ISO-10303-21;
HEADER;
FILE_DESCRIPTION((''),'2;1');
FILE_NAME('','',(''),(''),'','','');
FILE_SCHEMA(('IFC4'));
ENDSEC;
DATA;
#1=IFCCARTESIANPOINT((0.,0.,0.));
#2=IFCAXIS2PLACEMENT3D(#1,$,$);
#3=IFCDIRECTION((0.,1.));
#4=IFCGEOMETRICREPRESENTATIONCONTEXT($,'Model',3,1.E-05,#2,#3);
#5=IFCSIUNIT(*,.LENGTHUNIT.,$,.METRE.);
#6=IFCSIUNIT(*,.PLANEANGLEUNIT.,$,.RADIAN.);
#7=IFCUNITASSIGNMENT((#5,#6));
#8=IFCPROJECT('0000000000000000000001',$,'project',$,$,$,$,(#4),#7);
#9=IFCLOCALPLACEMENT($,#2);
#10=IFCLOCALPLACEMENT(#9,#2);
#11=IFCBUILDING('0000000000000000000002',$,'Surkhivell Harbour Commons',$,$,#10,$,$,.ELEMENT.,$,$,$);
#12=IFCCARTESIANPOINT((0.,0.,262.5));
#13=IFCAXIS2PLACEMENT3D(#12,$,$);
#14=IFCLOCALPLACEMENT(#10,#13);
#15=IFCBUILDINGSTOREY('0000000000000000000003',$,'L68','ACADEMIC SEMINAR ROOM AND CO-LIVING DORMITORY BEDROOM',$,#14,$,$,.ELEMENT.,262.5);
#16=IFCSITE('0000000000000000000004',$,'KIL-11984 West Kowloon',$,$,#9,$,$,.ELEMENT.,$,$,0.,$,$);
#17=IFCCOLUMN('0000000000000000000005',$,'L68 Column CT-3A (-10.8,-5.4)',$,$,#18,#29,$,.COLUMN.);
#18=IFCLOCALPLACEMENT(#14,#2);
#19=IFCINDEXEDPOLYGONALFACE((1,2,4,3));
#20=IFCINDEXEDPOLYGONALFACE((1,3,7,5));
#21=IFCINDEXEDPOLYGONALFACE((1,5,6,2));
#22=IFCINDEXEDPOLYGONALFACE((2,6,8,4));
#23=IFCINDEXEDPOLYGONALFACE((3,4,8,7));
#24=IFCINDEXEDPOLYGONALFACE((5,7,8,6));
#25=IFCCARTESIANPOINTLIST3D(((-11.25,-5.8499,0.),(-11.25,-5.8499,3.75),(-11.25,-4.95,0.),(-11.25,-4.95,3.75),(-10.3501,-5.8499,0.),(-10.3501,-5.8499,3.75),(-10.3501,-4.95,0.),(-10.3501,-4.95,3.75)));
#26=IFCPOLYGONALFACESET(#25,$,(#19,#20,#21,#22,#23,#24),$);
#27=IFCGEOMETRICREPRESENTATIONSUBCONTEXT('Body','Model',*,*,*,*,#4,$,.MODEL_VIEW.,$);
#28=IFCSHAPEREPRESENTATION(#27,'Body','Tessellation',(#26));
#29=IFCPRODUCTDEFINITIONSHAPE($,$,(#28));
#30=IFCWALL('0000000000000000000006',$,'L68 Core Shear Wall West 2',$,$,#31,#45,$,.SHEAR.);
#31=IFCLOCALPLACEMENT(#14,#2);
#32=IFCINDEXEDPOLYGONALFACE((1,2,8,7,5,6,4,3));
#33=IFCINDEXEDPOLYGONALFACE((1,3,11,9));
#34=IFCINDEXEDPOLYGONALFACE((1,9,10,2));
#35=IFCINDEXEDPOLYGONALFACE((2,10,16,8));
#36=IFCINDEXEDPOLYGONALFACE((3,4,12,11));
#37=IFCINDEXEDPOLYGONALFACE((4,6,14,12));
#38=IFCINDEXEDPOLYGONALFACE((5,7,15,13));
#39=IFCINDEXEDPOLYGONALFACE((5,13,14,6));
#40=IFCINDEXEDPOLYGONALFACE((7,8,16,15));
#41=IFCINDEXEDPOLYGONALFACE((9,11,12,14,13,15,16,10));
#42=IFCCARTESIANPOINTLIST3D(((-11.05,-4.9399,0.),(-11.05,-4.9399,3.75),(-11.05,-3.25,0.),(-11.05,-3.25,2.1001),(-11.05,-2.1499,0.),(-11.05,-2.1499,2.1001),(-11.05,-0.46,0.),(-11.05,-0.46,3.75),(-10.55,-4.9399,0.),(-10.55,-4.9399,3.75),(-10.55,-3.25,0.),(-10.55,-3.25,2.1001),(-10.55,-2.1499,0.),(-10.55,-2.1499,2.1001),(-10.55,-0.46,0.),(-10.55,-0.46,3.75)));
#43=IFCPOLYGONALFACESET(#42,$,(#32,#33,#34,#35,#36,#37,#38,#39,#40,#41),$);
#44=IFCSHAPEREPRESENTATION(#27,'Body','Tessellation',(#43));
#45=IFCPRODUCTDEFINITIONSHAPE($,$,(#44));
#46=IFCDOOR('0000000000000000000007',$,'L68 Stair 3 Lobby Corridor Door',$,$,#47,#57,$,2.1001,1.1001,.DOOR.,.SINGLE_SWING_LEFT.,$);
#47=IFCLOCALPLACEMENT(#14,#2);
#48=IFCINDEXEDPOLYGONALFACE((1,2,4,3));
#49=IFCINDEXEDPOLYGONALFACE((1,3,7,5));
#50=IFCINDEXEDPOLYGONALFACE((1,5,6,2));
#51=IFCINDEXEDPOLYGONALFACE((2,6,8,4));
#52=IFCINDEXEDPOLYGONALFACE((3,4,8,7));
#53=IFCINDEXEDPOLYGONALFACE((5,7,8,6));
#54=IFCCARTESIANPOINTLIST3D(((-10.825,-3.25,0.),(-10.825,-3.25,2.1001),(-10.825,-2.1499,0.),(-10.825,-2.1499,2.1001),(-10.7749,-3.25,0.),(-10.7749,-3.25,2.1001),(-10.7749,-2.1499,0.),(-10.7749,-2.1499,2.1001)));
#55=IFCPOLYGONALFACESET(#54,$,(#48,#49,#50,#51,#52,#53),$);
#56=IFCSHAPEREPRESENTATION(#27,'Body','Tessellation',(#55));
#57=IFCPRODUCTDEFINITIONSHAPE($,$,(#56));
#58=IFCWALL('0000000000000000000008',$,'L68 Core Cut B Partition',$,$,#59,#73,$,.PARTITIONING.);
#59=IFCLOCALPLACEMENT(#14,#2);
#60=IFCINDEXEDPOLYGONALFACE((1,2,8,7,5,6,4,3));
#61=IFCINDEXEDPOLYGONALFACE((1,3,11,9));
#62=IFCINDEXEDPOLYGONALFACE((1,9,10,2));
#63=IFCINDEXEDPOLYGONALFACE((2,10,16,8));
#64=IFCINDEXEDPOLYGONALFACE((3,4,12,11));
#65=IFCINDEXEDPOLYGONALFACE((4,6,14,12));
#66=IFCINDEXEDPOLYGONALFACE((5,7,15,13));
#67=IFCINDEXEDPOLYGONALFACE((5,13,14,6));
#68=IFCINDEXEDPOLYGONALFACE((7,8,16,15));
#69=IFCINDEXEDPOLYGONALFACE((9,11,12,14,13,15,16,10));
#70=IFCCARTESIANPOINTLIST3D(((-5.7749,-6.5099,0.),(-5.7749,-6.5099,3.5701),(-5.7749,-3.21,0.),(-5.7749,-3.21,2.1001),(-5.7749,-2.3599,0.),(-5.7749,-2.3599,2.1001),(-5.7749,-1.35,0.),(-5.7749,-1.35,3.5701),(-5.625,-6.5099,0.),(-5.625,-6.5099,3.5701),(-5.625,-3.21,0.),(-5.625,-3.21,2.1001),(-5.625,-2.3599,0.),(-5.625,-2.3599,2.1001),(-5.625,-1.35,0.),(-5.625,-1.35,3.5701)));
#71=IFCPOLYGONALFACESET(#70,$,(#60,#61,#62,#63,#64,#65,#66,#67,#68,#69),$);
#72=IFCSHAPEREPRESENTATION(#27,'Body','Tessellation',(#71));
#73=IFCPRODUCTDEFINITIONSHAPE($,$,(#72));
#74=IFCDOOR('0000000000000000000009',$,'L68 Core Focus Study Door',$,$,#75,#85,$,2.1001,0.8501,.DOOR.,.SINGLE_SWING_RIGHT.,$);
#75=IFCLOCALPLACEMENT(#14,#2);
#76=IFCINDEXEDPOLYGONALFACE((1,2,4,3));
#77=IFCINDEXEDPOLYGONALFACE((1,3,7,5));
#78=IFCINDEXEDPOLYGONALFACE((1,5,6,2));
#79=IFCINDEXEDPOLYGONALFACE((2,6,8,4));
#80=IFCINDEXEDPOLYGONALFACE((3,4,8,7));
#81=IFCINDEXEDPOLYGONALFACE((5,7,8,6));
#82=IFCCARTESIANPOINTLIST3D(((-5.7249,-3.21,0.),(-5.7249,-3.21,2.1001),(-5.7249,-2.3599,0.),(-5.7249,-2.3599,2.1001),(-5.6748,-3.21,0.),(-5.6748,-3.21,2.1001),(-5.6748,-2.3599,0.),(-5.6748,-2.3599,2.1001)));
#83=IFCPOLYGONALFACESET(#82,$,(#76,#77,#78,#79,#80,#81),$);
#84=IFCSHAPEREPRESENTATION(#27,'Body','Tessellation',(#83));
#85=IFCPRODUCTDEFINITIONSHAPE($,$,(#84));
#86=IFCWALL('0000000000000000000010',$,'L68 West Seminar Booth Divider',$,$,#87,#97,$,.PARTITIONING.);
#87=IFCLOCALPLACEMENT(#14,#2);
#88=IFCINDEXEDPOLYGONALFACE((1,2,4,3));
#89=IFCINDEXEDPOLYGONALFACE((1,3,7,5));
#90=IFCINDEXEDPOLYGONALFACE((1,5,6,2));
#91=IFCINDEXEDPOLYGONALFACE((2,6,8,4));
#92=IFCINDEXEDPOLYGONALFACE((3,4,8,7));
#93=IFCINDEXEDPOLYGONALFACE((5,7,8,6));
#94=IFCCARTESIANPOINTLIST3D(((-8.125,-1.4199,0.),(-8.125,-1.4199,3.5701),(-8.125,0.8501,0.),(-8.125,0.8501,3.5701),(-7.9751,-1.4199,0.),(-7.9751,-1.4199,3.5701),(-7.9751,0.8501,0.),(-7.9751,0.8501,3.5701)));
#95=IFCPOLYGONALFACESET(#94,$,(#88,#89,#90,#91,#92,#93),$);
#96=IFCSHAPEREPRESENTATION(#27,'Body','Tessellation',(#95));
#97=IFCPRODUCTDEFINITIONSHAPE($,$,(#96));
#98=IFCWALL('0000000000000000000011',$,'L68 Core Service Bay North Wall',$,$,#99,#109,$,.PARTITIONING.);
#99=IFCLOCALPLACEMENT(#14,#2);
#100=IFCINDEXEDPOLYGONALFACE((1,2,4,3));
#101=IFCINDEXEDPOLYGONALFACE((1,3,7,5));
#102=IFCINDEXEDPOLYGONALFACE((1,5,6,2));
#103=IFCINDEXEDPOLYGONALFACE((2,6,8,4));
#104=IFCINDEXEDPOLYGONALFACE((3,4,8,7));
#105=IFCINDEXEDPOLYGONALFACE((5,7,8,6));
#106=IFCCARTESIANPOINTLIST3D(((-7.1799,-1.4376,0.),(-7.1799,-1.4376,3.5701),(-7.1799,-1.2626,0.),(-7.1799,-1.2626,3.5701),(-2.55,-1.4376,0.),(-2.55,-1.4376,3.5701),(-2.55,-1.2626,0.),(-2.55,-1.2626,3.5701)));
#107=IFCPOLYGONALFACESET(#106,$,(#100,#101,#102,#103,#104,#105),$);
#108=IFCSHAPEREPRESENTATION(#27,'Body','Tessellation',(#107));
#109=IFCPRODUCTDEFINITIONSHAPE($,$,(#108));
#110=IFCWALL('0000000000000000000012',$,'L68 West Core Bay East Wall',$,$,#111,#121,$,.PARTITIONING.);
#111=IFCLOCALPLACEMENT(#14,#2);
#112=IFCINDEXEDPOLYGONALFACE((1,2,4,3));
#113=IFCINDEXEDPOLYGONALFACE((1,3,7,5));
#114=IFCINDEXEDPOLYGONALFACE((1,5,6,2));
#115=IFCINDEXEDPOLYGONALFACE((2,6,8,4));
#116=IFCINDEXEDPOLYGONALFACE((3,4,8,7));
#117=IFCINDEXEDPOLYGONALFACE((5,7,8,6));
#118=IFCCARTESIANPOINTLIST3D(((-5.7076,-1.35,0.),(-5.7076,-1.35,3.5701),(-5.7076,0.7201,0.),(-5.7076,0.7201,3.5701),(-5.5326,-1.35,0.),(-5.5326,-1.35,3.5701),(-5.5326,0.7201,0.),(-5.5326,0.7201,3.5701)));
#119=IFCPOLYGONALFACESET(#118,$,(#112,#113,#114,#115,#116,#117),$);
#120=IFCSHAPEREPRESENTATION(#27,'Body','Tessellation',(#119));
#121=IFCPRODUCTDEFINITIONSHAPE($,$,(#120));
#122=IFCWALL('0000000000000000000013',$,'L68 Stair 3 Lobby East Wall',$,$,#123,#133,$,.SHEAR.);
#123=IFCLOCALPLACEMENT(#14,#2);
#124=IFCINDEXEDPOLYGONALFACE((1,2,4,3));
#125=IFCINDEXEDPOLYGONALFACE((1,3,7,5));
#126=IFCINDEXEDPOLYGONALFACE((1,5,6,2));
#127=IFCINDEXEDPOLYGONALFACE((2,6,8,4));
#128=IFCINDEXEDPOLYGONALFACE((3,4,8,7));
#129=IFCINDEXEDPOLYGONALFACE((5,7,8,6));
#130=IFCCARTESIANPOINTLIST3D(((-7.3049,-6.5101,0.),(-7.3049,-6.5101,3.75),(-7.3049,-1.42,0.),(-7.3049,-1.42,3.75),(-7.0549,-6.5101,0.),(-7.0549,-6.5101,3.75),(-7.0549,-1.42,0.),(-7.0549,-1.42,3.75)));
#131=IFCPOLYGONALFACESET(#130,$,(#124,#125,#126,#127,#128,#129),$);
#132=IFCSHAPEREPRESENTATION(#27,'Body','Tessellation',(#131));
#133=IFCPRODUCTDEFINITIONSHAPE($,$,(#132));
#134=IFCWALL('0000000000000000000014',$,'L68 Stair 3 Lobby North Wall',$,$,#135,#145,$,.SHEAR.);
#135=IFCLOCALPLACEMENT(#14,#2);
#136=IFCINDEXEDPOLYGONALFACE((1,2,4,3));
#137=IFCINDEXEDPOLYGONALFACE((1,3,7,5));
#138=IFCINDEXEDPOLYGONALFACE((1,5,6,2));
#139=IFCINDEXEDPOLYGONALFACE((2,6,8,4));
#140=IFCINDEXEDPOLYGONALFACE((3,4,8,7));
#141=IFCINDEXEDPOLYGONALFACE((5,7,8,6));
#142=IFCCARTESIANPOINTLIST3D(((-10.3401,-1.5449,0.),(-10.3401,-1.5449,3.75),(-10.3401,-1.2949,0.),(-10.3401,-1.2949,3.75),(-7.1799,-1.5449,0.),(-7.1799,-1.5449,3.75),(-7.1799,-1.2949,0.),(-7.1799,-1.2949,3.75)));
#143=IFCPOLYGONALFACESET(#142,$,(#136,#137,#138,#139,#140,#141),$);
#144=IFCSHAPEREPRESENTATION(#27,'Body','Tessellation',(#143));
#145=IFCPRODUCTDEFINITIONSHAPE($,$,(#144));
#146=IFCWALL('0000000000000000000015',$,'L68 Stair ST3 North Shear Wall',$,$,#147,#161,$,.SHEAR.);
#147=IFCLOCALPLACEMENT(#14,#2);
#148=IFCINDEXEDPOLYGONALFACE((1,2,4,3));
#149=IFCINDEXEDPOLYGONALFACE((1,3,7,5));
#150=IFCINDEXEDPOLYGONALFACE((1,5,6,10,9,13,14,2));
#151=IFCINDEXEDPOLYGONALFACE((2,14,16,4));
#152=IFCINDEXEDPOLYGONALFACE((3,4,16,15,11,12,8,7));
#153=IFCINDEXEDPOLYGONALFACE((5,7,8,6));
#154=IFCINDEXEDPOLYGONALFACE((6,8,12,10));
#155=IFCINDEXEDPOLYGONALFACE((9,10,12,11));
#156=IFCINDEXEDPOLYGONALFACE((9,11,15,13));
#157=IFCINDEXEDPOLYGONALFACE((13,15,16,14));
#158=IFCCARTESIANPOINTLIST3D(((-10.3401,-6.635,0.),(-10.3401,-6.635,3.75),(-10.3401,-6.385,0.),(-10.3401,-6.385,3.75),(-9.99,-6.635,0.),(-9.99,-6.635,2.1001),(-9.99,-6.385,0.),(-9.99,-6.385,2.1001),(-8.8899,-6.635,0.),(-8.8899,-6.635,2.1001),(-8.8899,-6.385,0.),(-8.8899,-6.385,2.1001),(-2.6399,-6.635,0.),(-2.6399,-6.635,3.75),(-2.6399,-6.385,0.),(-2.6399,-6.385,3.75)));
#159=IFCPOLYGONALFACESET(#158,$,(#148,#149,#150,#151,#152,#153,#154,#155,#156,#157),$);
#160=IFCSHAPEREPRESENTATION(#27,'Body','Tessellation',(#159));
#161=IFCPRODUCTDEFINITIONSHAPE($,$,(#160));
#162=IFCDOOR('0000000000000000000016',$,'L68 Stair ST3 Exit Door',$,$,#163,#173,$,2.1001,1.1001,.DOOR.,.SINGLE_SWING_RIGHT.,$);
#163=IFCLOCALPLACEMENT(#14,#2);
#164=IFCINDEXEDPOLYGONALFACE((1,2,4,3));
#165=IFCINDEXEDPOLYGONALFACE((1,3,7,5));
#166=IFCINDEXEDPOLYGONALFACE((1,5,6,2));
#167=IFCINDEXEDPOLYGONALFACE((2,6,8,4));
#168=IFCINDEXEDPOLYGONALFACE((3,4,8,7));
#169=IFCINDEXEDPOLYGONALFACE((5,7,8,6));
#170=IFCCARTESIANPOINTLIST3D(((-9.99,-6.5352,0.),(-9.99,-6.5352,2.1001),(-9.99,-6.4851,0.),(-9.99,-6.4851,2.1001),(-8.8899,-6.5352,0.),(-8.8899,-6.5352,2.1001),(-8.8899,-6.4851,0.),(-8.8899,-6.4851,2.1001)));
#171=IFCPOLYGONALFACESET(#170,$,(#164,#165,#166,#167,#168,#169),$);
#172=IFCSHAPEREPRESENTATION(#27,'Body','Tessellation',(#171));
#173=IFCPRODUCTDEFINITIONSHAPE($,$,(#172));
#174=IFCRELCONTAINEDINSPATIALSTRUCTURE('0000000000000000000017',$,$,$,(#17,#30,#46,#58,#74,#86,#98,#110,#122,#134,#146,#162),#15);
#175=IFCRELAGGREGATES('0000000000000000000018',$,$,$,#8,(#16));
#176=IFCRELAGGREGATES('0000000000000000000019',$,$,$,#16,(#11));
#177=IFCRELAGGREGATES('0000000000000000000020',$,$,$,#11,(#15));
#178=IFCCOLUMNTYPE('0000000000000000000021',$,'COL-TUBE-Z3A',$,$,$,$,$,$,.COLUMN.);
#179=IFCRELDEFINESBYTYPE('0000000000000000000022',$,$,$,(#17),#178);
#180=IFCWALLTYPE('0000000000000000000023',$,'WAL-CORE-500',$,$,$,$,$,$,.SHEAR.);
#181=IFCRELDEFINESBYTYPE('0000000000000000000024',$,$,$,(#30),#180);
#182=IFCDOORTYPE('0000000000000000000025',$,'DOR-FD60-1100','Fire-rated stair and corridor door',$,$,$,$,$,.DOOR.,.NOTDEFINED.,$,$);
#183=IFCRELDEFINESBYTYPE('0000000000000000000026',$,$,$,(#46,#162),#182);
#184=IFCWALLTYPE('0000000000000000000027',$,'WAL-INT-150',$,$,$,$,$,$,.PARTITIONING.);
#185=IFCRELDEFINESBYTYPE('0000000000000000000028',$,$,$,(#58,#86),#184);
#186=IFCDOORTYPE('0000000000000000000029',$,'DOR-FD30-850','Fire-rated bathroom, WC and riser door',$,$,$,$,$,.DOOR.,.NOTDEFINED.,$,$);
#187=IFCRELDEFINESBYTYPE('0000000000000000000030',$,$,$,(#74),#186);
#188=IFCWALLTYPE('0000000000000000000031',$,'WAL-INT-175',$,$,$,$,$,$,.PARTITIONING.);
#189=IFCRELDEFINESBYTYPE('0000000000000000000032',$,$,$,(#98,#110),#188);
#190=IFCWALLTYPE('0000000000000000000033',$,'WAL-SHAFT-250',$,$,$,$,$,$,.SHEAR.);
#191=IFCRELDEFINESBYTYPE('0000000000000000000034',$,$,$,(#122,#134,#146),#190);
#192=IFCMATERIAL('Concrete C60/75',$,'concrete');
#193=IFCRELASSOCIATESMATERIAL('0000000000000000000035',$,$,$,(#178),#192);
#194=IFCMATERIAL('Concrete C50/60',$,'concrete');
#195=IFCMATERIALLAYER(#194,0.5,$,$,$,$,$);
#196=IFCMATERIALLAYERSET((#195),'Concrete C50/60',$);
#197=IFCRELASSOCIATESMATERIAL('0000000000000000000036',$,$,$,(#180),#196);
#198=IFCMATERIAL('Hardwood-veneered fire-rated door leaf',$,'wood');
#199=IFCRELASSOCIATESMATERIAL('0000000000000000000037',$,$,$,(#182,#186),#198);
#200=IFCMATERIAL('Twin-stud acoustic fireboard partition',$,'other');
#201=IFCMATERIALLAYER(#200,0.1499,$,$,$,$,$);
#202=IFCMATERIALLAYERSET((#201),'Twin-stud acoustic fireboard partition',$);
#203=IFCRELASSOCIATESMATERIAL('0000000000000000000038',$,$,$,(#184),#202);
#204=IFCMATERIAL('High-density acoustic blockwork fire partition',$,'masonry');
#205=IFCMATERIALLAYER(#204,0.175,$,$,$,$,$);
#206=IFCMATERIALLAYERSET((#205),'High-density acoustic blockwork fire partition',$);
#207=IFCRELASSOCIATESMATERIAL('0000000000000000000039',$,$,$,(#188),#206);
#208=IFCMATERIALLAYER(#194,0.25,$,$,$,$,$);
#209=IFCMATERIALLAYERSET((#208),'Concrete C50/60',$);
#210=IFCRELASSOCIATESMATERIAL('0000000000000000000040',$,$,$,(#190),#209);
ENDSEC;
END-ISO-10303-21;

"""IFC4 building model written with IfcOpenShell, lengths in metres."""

from ifc_helpers import new_model, si_unit, direction, frame, frame_2d, origin, origin_2d, place, context, subcontext, project, spatial, rectangle, extrude, material, layer, layer_set, material_profile, profile_set, type_object, element, fill, save


model = new_model("IFC4")

# Units and contexts
model_context = context("Model", 3, precision=1e-05, world=origin(), true_north=direction((0.0, 1.0)))
body_context = subcontext(model_context, "Body", "Model", "MODEL_VIEW")
ifc_project = project(units=[si_unit("LENGTHUNIT", "METRE"), si_unit("PLANEANGLEUNIT", "RADIAN")], contexts=[model_context])

# Site, building, storey
site_placement = place(None, origin())
site = spatial("IfcSite", under=ifc_project, at=site_placement, Name="KIL-11984 West Kowloon", CompositionType="ELEMENT", RefElevation=0.0)
building_placement = place(site_placement, origin())
building = spatial("IfcBuilding", under=site, at=building_placement, Name="Surkhivell Harbour Commons", CompositionType="ELEMENT")
storey_placement = place(building_placement, frame((0.0, 0.0, 262.5)))
storey = spatial("IfcBuildingStorey", under=building, at=storey_placement, Name="L68", Description="ACADEMIC SEMINAR ROOM AND CO-LIVING DORMITORY BEDROOM", CompositionType="ELEMENT", Elevation=262.5)

# Column
ifc_material_1 = material(Name="Concrete C60/75", Category="concrete")
ifc_material_profile = material_profile(ifc_material_1, rectangle(XDim=0.8999, YDim=0.8999, at=origin_2d()), Name="RC-COL-900x900")
ifc_profile_set = profile_set([ifc_material_profile], Name="Concrete C60/75")
column_type = type_object("IfcColumnType", Name="COL-TUBE-Z3A", PredefinedType="COLUMN", material=ifc_profile_set)
column_placement = place(storey_placement, frame((-10.8, -5.3999, 0.0), z_axis=(0.0, 0.0, 1.0), x_axis=(1.0, 0.0, 0.0)))
element("IfcColumn", 1, at=column_placement, inside=storey, type_object=column_type, Name="L68 Column CT-3A (-10.8,-5.4)", PredefinedType="COLUMN", context=body_context, shape_type="SweptSolid", body=[
    extrude(rectangle(XDim=0.8999, YDim=0.8999, at=origin_2d()), origin(), (0.0, 0.0, 1.0), 3.75),
])

# Walls, openings, doors
ifc_material_2 = material(Name="Concrete C50/60", Category="concrete")
ifc_layer_1 = layer(ifc_material_2, 0.5)
ifc_layer_set_1 = layer_set([ifc_layer_1], Name="Concrete C50/60")
wall_type_1 = type_object("IfcWallType", Name="WAL-CORE-500", PredefinedType="SHEAR", material=ifc_layer_set_1)
wall_1_placement = place(storey_placement, frame((-10.8, -4.9399, 0.0), z_axis=(0.0, 0.0, 1.0), x_axis=(0.0, 1.0, 0.0)))
wall_1 = element("IfcWall", 2, at=wall_1_placement, inside=storey, type_object=wall_type_1, Name="L68 Core Shear Wall West 2", PredefinedType="SHEAR", context=body_context, shape_type="SweptSolid", body=[
    extrude(rectangle(XDim=4.48, YDim=0.5, at=frame_2d((2.24, 0.0))), origin(), (0.0, 0.0, 1.0), 3.75),
])
opening_1_placement = place(wall_1_placement, frame((1.6899, 0.0, 0.0)))
opening_1 = element("IfcOpeningElement", 3, at=opening_1_placement, cuts=wall_1, PredefinedType="OPENING", context=body_context, shape_type="SweptSolid", body=[
    extrude(rectangle(XDim=1.1001, YDim=2.1001, at=frame_2d((0.55, 1.05))), frame((0.0, 0.26, 0.0), z_axis=(0.0, -1.0, 0.0), x_axis=(1.0, 0.0, 0.0)), (0.0, 0.0, 1.0), 0.52),
])
ifc_material_3 = material(Name="Hardwood-veneered fire-rated door leaf", Category="wood")
door_type_1 = type_object("IfcDoorType", Name="DOR-FD60-1100", Description="Fire-rated stair and corridor door", OperationType="NOTDEFINED", PredefinedType="DOOR", material=ifc_material_3)
door_1_placement = place(opening_1_placement, origin())
door_1 = element("IfcDoor", 4, at=door_1_placement, inside=storey, type_object=door_type_1, Name="L68 Stair 3 Lobby Corridor Door", OperationType="SINGLE_SWING_LEFT", OverallHeight=2.1001, OverallWidth=1.1001, PredefinedType="DOOR", context=body_context, shape_type="SweptSolid", body=[
    extrude(rectangle(XDim=1.1001, YDim=2.1001, at=frame_2d((0.55, 1.05))), frame((0.0, 0.0249, 0.0), z_axis=(0.0, -1.0, 0.0), x_axis=(1.0, 0.0, 0.0)), (0.0, 0.0, 1.0), 0.05),
])
fill(opening_1, door_1)
ifc_material_4 = material(Name="Twin-stud acoustic fireboard partition", Category="other")
ifc_layer_2 = layer(ifc_material_4, 0.1499)
ifc_layer_set_2 = layer_set([ifc_layer_2], Name="Twin-stud acoustic fireboard partition")
wall_type_2 = type_object("IfcWallType", Name="WAL-INT-150", PredefinedType="PARTITIONING", material=ifc_layer_set_2)
wall_2_placement = place(storey_placement, frame((-5.7, -6.51, 0.0), z_axis=(0.0, 0.0, 1.0), x_axis=(0.0, 1.0, 0.0)))
wall_2 = element("IfcWall", 5, at=wall_2_placement, inside=storey, type_object=wall_type_2, Name="L68 Core Cut B Partition", PredefinedType="PARTITIONING", context=body_context, shape_type="SweptSolid", body=[
    extrude(rectangle(XDim=5.1599, YDim=0.1499, at=frame_2d((2.5801, 0.0))), origin(), (0.0, 0.0, 1.0), 3.5701),
])
opening_2_placement = place(wall_2_placement, frame((3.3, 0.0, 0.0)))
opening_2 = element("IfcOpeningElement", 6, at=opening_2_placement, cuts=wall_2, PredefinedType="OPENING", context=body_context, shape_type="SweptSolid", body=[
    extrude(rectangle(XDim=0.8501, YDim=2.1001, at=frame_2d((0.425, 1.05))), frame((0.0, 0.085, 0.0), z_axis=(0.0, -1.0, 0.0), x_axis=(1.0, 0.0, 0.0)), (0.0, 0.0, 1.0), 0.1699),
])
door_type_2 = type_object("IfcDoorType", Name="DOR-FD30-850", Description="Fire-rated bathroom, WC and riser door", OperationType="NOTDEFINED", PredefinedType="DOOR", material=ifc_material_3)
door_2_placement = place(opening_2_placement, origin())
door_2 = element("IfcDoor", 7, at=door_2_placement, inside=storey, type_object=door_type_2, Name="L68 Core Focus Study Door", OperationType="SINGLE_SWING_RIGHT", OverallHeight=2.1001, OverallWidth=0.8501, PredefinedType="DOOR", context=body_context, shape_type="SweptSolid", body=[
    extrude(rectangle(XDim=0.8501, YDim=2.1001, at=frame_2d((0.425, 1.05))), frame((0.0, 0.0249, 0.0), z_axis=(0.0, -1.0, 0.0), x_axis=(1.0, 0.0, 0.0)), (0.0, 0.0, 1.0), 0.05),
])
fill(opening_2, door_2)

# Walls
wall_3_placement = place(storey_placement, frame((-8.05, -1.4199, 0.0), z_axis=(0.0, 0.0, 1.0), x_axis=(0.0, 1.0, 0.0)))
element("IfcWall", 8, at=wall_3_placement, inside=storey, type_object=wall_type_2, Name="L68 West Seminar Booth Divider", PredefinedType="PARTITIONING", context=body_context, shape_type="SweptSolid", body=[
    extrude(rectangle(XDim=2.27, YDim=0.1499, at=frame_2d((1.135, 0.0))), origin(), (0.0, 0.0, 1.0), 3.5701),
])
ifc_material_5 = material(Name="High-density acoustic blockwork fire partition", Category="masonry")
ifc_layer_3 = layer(ifc_material_5, 0.175)
ifc_layer_set_3 = layer_set([ifc_layer_3], Name="High-density acoustic blockwork fire partition")
wall_type_3 = type_object("IfcWallType", Name="WAL-INT-175", PredefinedType="PARTITIONING", material=ifc_layer_set_3)
wall_4_placement = place(storey_placement, frame((-7.1799, -1.3501, 0.0), z_axis=(0.0, 0.0, 1.0), x_axis=(1.0, 0.0, 0.0)))
element("IfcWall", 9, at=wall_4_placement, inside=storey, type_object=wall_type_3, Name="L68 Core Service Bay North Wall", PredefinedType="PARTITIONING", context=body_context, shape_type="SweptSolid", body=[
    extrude(rectangle(XDim=4.6299, YDim=0.175, at=frame_2d((2.3149, 0.0))), origin(), (0.0, 0.0, 1.0), 3.5701),
])
wall_5_placement = place(storey_placement, frame((-5.6201, -1.3501, 0.0), z_axis=(0.0, 0.0, 1.0), x_axis=(0.0, 1.0, 0.0)))
element("IfcWall", 10, at=wall_5_placement, inside=storey, type_object=wall_type_3, Name="L68 West Core Bay East Wall", PredefinedType="PARTITIONING", context=body_context, shape_type="SweptSolid", body=[
    extrude(rectangle(XDim=2.0701, YDim=0.175, at=frame_2d((1.0352, 0.0))), origin(), (0.0, 0.0, 1.0), 3.5701),
])
ifc_layer_4 = layer(ifc_material_2, 0.25)
ifc_layer_set_4 = layer_set([ifc_layer_4], Name="Concrete C50/60")
wall_type_4 = type_object("IfcWallType", Name="WAL-SHAFT-250", PredefinedType="SHEAR", material=ifc_layer_set_4)
wall_6_placement = place(storey_placement, frame((-7.1799, -6.51, 0.0), z_axis=(0.0, 0.0, 1.0), x_axis=(0.0, 1.0, 0.0)))
element("IfcWall", 11, at=wall_6_placement, inside=storey, type_object=wall_type_4, Name="L68 Stair 3 Lobby East Wall", PredefinedType="SHEAR", context=body_context, shape_type="SweptSolid", body=[
    extrude(rectangle(XDim=5.0901, YDim=0.25, at=frame_2d((2.5449, 0.0))), origin(), (0.0, 0.0, 1.0), 3.75),
])
wall_7_placement = place(storey_placement, frame((-10.3401, -1.4199, 0.0), z_axis=(0.0, 0.0, 1.0), x_axis=(1.0, 0.0, 0.0)))
element("IfcWall", 12, at=wall_7_placement, inside=storey, type_object=wall_type_4, Name="L68 Stair 3 Lobby North Wall", PredefinedType="SHEAR", context=body_context, shape_type="SweptSolid", body=[
    extrude(rectangle(XDim=3.1602, YDim=0.25, at=frame_2d((1.5801, 0.0))), origin(), (0.0, 0.0, 1.0), 3.75),
])

# Wall, opening, door
wall_8_placement = place(storey_placement, frame((-10.3401, -6.51, 0.0), z_axis=(0.0, 0.0, 1.0), x_axis=(1.0, 0.0, 0.0)))
wall_8 = element("IfcWall", 13, at=wall_8_placement, inside=storey, type_object=wall_type_4, Name="L68 Stair ST3 North Shear Wall", PredefinedType="SHEAR", context=body_context, shape_type="SweptSolid", body=[
    extrude(rectangle(XDim=7.7002, YDim=0.25, at=frame_2d((3.8501, 0.0))), origin(), (0.0, 0.0, 1.0), 3.75),
])
opening_3_placement = place(wall_8_placement, frame((0.3501, 0.0, 0.0)))
opening_3 = element("IfcOpeningElement", 14, at=opening_3_placement, cuts=wall_8, PredefinedType="OPENING", context=body_context, shape_type="SweptSolid", body=[
    extrude(rectangle(XDim=1.1001, YDim=2.1001, at=frame_2d((0.55, 1.05))), frame((0.0, 0.135, 0.0), z_axis=(0.0, -1.0, 0.0), x_axis=(1.0, 0.0, 0.0)), (0.0, 0.0, 1.0), 0.27),
])
door_3_placement = place(opening_3_placement, origin())
door_3 = element("IfcDoor", 15, at=door_3_placement, inside=storey, type_object=door_type_1, Name="L68 Stair ST3 Exit Door", OperationType="SINGLE_SWING_RIGHT", OverallHeight=2.1001, OverallWidth=1.1001, PredefinedType="DOOR", context=body_context, shape_type="SweptSolid", body=[
    extrude(rectangle(XDim=1.1001, YDim=2.1001, at=frame_2d((0.55, 1.05))), frame((0.0, 0.0249, 0.0), z_axis=(0.0, -1.0, 0.0), x_axis=(1.0, 0.0, 0.0)), (0.0, 0.0, 1.0), 0.05),
])
fill(opening_3, door_3)

save(model, "model.ifc")
